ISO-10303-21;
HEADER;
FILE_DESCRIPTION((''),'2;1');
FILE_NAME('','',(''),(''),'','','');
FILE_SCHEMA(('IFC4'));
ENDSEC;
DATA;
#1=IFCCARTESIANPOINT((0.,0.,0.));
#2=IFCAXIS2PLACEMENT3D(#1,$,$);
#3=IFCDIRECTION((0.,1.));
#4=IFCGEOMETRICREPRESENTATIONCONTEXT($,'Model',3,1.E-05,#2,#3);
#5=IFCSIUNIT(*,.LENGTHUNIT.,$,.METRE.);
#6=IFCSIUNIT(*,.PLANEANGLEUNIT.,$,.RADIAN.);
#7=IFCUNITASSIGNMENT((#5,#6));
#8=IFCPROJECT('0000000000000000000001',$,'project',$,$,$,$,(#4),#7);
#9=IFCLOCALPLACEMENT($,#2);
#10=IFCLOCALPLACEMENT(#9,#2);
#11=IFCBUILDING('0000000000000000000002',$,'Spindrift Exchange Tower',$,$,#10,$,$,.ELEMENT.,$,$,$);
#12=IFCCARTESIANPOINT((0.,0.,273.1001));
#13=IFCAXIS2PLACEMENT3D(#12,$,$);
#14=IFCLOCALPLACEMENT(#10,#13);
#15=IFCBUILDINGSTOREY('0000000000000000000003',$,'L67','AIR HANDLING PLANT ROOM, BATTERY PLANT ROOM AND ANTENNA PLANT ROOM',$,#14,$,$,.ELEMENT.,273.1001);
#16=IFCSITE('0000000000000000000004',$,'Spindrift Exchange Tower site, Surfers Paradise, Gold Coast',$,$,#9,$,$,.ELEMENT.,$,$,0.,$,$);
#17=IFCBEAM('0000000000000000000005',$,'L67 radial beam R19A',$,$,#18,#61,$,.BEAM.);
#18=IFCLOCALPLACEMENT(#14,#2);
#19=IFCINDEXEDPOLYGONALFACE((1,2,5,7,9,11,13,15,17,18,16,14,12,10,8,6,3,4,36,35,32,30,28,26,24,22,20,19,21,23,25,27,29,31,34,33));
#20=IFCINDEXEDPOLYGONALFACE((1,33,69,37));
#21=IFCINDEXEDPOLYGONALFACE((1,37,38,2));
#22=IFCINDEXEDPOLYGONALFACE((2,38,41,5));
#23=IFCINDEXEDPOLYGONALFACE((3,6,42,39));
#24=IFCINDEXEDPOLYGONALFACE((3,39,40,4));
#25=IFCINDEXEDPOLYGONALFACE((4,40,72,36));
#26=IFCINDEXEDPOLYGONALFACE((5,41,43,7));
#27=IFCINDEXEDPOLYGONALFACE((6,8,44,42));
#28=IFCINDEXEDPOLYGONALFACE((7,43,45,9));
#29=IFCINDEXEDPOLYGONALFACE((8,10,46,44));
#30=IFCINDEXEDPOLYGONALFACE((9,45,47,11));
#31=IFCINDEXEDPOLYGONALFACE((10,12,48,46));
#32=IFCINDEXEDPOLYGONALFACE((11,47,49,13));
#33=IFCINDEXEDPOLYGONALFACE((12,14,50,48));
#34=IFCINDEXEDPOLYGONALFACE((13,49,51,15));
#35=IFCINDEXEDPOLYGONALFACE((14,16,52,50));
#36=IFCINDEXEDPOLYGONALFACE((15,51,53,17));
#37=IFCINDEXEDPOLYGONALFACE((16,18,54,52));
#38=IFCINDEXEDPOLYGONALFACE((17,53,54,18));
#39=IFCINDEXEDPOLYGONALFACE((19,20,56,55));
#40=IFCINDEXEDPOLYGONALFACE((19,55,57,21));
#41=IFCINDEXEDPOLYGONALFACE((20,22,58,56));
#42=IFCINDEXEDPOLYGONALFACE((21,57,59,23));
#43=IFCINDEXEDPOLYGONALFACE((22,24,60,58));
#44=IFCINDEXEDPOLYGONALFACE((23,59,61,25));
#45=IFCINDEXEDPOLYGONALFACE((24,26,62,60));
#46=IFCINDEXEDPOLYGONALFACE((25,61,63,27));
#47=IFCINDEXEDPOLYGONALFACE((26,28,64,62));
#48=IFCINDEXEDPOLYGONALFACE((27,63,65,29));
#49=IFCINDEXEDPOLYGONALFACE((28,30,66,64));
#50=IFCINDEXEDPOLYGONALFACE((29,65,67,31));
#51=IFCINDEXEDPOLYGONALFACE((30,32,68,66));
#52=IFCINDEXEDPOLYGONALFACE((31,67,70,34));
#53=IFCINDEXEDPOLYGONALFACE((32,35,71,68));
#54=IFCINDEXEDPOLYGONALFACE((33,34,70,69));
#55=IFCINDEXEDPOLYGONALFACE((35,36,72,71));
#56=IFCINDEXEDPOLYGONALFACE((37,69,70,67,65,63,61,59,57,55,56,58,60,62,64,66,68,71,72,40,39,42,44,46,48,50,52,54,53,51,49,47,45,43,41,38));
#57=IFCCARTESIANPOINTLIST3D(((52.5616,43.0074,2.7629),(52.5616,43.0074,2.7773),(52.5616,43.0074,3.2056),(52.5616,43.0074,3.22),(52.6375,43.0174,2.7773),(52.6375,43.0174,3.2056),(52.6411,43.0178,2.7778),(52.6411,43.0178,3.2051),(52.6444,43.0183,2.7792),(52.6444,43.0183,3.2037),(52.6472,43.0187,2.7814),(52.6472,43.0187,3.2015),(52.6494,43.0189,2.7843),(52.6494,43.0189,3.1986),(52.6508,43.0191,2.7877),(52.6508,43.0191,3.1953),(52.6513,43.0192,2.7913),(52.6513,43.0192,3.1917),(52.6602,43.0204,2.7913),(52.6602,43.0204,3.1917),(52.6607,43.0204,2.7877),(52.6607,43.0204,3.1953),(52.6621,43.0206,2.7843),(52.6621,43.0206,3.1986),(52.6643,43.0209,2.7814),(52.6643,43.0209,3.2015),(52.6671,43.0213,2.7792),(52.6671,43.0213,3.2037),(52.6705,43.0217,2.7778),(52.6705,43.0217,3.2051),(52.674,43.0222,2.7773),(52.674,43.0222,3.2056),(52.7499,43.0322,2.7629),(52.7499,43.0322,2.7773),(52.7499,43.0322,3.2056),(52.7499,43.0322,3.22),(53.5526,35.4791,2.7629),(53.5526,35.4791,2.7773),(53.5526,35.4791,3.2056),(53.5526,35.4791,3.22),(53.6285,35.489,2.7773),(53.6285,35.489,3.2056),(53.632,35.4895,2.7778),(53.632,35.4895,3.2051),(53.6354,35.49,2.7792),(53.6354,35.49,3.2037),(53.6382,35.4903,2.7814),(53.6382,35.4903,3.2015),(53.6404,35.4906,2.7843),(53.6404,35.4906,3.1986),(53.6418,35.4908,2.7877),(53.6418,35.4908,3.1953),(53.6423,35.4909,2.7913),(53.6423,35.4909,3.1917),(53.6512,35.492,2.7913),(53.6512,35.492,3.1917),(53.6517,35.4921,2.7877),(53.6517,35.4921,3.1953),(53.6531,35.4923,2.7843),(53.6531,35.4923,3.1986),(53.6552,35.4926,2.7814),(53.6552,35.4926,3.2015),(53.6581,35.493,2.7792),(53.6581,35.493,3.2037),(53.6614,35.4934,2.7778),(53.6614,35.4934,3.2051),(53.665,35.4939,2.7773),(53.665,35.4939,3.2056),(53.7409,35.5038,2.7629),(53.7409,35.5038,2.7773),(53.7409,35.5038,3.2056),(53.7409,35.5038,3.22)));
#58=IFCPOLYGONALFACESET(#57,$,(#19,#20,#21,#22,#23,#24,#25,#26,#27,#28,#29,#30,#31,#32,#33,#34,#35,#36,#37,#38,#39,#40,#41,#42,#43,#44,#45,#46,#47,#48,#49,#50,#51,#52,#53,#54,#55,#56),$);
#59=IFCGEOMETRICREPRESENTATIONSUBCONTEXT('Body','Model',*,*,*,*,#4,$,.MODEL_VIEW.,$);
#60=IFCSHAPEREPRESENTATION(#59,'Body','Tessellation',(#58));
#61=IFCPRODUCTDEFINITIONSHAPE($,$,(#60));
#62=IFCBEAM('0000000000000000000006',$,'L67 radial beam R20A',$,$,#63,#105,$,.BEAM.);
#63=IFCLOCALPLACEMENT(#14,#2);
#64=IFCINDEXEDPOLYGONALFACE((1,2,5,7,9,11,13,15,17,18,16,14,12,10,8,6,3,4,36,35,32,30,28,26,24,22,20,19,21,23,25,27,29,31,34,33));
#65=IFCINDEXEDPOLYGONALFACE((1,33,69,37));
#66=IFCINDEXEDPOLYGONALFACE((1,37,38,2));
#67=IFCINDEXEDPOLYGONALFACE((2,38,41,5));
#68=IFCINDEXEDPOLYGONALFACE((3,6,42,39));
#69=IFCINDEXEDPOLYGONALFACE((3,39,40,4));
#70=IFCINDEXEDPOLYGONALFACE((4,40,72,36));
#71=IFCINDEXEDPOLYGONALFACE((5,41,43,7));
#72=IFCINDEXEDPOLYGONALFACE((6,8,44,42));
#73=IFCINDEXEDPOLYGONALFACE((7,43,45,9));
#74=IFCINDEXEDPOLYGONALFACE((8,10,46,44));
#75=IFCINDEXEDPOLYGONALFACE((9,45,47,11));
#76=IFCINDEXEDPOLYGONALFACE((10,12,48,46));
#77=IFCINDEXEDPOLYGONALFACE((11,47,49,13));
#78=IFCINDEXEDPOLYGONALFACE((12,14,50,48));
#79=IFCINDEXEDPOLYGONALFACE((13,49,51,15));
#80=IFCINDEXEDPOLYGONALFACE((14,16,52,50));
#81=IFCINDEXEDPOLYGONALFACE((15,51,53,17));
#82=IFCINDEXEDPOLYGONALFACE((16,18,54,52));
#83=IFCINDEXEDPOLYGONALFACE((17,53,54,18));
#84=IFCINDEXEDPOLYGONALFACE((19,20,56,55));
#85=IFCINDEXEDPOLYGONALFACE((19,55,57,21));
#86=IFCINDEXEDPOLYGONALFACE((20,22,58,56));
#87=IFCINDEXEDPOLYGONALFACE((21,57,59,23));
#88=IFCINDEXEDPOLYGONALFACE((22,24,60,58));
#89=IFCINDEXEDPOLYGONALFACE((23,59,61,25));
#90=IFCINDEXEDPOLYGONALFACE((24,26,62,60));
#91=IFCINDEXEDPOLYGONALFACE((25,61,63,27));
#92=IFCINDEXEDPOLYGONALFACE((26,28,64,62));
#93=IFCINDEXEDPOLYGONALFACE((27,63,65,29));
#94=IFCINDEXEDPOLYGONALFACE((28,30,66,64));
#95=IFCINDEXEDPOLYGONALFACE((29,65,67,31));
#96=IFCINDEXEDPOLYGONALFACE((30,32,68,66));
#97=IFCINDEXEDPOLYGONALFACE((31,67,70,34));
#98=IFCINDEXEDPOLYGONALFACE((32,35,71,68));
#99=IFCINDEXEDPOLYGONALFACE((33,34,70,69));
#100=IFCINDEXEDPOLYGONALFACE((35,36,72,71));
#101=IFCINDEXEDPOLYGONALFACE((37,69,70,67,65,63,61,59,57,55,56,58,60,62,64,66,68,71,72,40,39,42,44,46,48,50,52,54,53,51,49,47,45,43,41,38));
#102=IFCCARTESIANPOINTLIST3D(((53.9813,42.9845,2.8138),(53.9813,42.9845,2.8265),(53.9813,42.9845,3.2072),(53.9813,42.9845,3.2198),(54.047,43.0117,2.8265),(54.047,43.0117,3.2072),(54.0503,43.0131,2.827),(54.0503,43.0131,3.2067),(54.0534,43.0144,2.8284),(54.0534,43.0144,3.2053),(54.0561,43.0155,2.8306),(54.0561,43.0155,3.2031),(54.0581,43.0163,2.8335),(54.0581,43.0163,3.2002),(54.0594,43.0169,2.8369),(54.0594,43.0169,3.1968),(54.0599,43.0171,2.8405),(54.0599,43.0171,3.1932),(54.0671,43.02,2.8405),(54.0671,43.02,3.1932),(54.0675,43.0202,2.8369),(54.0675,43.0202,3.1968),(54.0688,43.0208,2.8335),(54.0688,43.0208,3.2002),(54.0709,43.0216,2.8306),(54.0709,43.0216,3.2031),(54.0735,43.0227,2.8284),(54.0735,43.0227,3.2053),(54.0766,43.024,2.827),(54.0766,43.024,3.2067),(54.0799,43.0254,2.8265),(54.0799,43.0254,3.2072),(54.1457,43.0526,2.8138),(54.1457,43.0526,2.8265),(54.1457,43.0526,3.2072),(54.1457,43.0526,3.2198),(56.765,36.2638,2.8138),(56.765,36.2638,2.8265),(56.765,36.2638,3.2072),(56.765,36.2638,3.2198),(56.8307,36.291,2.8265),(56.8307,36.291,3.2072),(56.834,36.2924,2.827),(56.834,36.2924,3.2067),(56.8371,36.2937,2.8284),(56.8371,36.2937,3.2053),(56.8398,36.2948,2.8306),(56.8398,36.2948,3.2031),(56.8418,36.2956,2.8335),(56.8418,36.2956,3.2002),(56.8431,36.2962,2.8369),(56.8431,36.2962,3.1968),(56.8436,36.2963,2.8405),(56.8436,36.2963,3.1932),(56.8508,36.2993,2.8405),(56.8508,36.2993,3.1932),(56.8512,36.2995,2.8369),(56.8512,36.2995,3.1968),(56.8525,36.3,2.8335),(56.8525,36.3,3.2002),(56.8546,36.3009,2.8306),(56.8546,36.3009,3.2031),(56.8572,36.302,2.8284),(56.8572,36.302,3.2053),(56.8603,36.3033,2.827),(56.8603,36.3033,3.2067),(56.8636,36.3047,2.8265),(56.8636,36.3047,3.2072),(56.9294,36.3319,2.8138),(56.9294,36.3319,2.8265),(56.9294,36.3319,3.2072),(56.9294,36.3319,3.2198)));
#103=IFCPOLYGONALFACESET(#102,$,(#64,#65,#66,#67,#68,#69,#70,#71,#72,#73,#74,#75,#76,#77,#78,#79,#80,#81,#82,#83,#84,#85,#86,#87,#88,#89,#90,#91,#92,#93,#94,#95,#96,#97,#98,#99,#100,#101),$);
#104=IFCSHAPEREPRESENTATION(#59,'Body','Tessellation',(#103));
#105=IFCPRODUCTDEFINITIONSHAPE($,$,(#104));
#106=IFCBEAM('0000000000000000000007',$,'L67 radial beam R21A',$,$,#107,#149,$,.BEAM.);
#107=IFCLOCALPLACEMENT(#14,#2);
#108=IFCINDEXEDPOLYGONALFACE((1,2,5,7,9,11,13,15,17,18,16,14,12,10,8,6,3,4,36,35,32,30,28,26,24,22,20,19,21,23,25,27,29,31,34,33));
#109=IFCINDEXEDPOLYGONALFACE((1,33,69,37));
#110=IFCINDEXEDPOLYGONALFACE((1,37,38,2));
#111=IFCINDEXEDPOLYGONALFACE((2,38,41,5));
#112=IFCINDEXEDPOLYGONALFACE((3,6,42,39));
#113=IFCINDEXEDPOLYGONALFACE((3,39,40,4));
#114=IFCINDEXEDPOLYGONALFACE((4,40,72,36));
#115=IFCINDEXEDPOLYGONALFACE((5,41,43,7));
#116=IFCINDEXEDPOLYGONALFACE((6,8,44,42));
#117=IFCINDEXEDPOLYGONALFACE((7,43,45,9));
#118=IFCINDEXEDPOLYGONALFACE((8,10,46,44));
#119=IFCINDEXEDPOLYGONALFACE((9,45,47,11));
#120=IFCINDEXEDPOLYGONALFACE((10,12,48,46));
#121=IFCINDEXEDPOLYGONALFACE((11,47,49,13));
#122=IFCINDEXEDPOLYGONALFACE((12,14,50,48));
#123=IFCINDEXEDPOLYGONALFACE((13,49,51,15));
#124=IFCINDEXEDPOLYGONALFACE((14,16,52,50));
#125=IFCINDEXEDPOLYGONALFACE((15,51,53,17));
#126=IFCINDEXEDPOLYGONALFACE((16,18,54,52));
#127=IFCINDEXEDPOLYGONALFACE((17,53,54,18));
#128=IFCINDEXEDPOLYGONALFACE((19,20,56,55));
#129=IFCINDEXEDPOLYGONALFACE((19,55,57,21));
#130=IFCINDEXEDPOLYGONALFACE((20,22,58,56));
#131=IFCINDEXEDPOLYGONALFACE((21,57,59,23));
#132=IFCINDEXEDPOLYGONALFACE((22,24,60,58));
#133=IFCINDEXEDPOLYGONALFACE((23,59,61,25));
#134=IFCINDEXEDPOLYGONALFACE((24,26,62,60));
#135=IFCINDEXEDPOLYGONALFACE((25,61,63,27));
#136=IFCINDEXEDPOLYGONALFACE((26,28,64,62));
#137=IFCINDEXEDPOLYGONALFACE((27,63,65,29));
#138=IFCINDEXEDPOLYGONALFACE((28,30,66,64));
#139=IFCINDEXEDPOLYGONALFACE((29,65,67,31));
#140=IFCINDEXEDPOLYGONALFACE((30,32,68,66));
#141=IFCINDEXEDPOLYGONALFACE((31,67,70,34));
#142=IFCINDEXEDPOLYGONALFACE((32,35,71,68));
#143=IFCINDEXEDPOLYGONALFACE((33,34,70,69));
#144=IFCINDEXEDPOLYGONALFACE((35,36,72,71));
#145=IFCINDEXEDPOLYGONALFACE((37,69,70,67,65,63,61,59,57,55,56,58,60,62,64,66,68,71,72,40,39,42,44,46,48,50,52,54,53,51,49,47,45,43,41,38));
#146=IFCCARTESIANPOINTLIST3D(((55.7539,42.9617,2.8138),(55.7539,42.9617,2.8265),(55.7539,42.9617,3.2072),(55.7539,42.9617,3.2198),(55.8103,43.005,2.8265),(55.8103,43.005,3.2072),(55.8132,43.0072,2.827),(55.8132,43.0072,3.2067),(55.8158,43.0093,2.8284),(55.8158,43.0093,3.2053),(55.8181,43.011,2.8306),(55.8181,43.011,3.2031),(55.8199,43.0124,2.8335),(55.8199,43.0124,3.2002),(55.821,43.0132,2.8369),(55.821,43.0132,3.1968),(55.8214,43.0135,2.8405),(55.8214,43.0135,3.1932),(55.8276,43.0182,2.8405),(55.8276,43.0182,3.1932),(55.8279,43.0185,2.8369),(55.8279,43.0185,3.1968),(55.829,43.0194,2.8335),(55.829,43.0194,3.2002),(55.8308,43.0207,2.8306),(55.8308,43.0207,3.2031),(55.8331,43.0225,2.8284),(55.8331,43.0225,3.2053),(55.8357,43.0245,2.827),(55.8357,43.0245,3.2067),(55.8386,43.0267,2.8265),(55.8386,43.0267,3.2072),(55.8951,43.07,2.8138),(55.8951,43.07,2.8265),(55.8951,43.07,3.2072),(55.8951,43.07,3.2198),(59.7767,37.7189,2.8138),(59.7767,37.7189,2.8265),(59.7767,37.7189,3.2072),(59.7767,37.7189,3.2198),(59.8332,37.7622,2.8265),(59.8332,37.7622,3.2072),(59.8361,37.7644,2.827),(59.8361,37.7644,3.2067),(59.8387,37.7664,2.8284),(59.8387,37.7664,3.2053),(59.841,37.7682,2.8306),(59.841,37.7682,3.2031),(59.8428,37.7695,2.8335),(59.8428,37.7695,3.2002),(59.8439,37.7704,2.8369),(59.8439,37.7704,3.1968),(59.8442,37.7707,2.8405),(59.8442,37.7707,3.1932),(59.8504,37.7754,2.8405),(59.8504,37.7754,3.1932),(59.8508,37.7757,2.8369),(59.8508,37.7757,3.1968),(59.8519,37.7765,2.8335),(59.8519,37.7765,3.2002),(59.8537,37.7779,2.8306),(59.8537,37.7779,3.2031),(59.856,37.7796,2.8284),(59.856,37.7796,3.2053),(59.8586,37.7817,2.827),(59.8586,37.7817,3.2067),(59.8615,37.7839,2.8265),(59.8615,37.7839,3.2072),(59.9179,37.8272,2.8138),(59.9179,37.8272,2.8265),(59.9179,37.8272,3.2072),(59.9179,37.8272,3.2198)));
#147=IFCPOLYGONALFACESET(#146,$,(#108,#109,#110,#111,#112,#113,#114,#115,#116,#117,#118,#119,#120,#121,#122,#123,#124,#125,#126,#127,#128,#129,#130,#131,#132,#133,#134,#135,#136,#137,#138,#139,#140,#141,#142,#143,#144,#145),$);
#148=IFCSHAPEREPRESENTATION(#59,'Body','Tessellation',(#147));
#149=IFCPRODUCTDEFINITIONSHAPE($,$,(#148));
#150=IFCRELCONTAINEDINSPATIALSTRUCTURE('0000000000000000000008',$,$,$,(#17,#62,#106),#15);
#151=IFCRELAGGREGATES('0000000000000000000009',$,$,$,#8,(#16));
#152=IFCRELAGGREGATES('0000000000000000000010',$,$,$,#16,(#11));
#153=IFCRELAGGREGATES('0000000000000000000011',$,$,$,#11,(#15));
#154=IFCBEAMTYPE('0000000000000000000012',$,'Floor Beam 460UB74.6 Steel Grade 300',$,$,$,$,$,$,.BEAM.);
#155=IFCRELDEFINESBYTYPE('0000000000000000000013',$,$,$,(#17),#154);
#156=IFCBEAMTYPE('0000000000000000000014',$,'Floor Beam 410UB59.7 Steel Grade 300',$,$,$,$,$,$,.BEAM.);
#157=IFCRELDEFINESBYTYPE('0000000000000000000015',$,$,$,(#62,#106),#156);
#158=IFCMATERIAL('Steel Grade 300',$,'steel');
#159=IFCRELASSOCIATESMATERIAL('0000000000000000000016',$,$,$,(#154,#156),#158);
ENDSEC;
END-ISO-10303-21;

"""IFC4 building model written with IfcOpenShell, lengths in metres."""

from ifc_helpers import new_model, si_unit, direction, frame, origin, origin_2d, place, context, subcontext, project, spatial, i_section, extrude, source, transform, mapped, material, material_profile, profile_set, type_object, element, save


model = new_model("IFC4")

# Units and contexts
model_context = context("Model", 3, precision=1e-05, world=origin(), true_north=direction((0.0, 1.0)))
body_context = subcontext(model_context, "Body", "Model", "MODEL_VIEW")
ifc_project = project(units=[si_unit("LENGTHUNIT", "METRE"), si_unit("PLANEANGLEUNIT", "RADIAN")], contexts=[model_context])

# Site, building, storey
site_placement = place(None, origin())
site = spatial("IfcSite", under=ifc_project, at=site_placement, Name="Spindrift Exchange Tower site, Surfers Paradise, Gold Coast", CompositionType="ELEMENT", RefElevation=0.0)
building_placement = place(site_placement, origin())
building = spatial("IfcBuilding", under=site, at=building_placement, Name="Spindrift Exchange Tower", CompositionType="ELEMENT")
storey_placement = place(building_placement, frame((0.0, 0.0, 273.1001)))
storey = spatial("IfcBuildingStorey", under=building, at=storey_placement, Name="L67", Description="AIR HANDLING PLANT ROOM, BATTERY PLANT ROOM AND ANTENNA PLANT ROOM", CompositionType="ELEMENT", Elevation=273.1001)

# Beams
ifc_material_1 = material(Name="Steel Grade 300", Category="steel")
ifc_material_profile_1 = material_profile(ifc_material_1, i_section(OverallWidth=0.1899, OverallDepth=0.457, WebThickness=0.009, FlangeThickness=0.0144, FilletRadius=0.0139, at=origin_2d()), Name="460UB74.6")
ifc_profile_set_1 = profile_set([ifc_material_profile_1], Name="Steel Grade 300")
beam_type_1 = type_object("IfcBeamType", Name="Floor Beam 460UB74.6 Steel Grade 300", PredefinedType="BEAM", material=ifc_profile_set_1)
shared_shape_1 = source(origin(), body_context, "Body", "SweptSolid", [
    extrude(i_section(OverallWidth=0.1899, OverallDepth=0.457, WebThickness=0.009, FlangeThickness=0.0144, FilletRadius=0.0139, at=origin_2d()), origin(), (0.0, 0.0, 1.0), 7.5933),
])
beam_1_placement = place(storey_placement, frame((52.6558, 43.0198, 2.9915), z_axis=(0.130506, -0.991448, 0.0), x_axis=(0.991448, 0.130506, 0.0)))
element("IfcBeam", 1, at=beam_1_placement, inside=storey, type_object=beam_type_1, Name="L67 radial beam R19A", PredefinedType="BEAM", context=body_context, shape_type="MappedRepresentation", body=[
    mapped(shared_shape_1, transform((0.0, 0.0, 0.0), scale=1.0)),
])
ifc_material_profile_2 = material_profile(ifc_material_1, i_section(OverallWidth=0.178, OverallDepth=0.406, WebThickness=0.0078, FlangeThickness=0.0127, FilletRadius=0.0139, at=origin_2d()), Name="410UB59.7")
ifc_profile_set_2 = profile_set([ifc_material_profile_2], Name="Steel Grade 300")
beam_type_2 = type_object("IfcBeamType", Name="Floor Beam 410UB59.7 Steel Grade 300", PredefinedType="BEAM", material=ifc_profile_set_2)
shared_shape_2 = source(origin(), body_context, "Body", "SweptSolid", [
    extrude(i_section(OverallWidth=0.178, OverallDepth=0.406, WebThickness=0.0078, FlangeThickness=0.0127, FilletRadius=0.0139, at=origin_2d()), origin(), (0.0, 0.0, 1.0), 7.2744),
])
beam_2_placement = place(storey_placement, frame((54.0635, 43.0186, 3.0168), z_axis=(0.38267, -0.923885, 0.0), x_axis=(0.923885, 0.38267, 0.0)))
element("IfcBeam", 2, at=beam_2_placement, inside=storey, type_object=beam_type_2, Name="L67 radial beam R20A", PredefinedType="BEAM", context=body_context, shape_type="MappedRepresentation", body=[
    mapped(shared_shape_2, transform((0.0, 0.0, 0.0), scale=1.0)),
])
shared_shape_3 = source(origin(), body_context, "Body", "SweptSolid", [
    extrude(i_section(OverallWidth=0.178, OverallDepth=0.406, WebThickness=0.0078, FlangeThickness=0.0127, FilletRadius=0.0139, at=origin_2d()), origin(), (0.0, 0.0, 1.0), 6.6084),
])
beam_3_placement = place(storey_placement, frame((55.8245, 43.0159, 3.0168), z_axis=(0.608753, -0.79336, 0.0), x_axis=(0.79336, 0.608753, 0.0)))
element("IfcBeam", 3, at=beam_3_placement, inside=storey, type_object=beam_type_2, Name="L67 radial beam R21A", PredefinedType="BEAM", context=body_context, shape_type="MappedRepresentation", body=[
    mapped(shared_shape_3, transform((0.0, 0.0, 0.0), scale=1.0)),
])

save(model, "model.ifc")
